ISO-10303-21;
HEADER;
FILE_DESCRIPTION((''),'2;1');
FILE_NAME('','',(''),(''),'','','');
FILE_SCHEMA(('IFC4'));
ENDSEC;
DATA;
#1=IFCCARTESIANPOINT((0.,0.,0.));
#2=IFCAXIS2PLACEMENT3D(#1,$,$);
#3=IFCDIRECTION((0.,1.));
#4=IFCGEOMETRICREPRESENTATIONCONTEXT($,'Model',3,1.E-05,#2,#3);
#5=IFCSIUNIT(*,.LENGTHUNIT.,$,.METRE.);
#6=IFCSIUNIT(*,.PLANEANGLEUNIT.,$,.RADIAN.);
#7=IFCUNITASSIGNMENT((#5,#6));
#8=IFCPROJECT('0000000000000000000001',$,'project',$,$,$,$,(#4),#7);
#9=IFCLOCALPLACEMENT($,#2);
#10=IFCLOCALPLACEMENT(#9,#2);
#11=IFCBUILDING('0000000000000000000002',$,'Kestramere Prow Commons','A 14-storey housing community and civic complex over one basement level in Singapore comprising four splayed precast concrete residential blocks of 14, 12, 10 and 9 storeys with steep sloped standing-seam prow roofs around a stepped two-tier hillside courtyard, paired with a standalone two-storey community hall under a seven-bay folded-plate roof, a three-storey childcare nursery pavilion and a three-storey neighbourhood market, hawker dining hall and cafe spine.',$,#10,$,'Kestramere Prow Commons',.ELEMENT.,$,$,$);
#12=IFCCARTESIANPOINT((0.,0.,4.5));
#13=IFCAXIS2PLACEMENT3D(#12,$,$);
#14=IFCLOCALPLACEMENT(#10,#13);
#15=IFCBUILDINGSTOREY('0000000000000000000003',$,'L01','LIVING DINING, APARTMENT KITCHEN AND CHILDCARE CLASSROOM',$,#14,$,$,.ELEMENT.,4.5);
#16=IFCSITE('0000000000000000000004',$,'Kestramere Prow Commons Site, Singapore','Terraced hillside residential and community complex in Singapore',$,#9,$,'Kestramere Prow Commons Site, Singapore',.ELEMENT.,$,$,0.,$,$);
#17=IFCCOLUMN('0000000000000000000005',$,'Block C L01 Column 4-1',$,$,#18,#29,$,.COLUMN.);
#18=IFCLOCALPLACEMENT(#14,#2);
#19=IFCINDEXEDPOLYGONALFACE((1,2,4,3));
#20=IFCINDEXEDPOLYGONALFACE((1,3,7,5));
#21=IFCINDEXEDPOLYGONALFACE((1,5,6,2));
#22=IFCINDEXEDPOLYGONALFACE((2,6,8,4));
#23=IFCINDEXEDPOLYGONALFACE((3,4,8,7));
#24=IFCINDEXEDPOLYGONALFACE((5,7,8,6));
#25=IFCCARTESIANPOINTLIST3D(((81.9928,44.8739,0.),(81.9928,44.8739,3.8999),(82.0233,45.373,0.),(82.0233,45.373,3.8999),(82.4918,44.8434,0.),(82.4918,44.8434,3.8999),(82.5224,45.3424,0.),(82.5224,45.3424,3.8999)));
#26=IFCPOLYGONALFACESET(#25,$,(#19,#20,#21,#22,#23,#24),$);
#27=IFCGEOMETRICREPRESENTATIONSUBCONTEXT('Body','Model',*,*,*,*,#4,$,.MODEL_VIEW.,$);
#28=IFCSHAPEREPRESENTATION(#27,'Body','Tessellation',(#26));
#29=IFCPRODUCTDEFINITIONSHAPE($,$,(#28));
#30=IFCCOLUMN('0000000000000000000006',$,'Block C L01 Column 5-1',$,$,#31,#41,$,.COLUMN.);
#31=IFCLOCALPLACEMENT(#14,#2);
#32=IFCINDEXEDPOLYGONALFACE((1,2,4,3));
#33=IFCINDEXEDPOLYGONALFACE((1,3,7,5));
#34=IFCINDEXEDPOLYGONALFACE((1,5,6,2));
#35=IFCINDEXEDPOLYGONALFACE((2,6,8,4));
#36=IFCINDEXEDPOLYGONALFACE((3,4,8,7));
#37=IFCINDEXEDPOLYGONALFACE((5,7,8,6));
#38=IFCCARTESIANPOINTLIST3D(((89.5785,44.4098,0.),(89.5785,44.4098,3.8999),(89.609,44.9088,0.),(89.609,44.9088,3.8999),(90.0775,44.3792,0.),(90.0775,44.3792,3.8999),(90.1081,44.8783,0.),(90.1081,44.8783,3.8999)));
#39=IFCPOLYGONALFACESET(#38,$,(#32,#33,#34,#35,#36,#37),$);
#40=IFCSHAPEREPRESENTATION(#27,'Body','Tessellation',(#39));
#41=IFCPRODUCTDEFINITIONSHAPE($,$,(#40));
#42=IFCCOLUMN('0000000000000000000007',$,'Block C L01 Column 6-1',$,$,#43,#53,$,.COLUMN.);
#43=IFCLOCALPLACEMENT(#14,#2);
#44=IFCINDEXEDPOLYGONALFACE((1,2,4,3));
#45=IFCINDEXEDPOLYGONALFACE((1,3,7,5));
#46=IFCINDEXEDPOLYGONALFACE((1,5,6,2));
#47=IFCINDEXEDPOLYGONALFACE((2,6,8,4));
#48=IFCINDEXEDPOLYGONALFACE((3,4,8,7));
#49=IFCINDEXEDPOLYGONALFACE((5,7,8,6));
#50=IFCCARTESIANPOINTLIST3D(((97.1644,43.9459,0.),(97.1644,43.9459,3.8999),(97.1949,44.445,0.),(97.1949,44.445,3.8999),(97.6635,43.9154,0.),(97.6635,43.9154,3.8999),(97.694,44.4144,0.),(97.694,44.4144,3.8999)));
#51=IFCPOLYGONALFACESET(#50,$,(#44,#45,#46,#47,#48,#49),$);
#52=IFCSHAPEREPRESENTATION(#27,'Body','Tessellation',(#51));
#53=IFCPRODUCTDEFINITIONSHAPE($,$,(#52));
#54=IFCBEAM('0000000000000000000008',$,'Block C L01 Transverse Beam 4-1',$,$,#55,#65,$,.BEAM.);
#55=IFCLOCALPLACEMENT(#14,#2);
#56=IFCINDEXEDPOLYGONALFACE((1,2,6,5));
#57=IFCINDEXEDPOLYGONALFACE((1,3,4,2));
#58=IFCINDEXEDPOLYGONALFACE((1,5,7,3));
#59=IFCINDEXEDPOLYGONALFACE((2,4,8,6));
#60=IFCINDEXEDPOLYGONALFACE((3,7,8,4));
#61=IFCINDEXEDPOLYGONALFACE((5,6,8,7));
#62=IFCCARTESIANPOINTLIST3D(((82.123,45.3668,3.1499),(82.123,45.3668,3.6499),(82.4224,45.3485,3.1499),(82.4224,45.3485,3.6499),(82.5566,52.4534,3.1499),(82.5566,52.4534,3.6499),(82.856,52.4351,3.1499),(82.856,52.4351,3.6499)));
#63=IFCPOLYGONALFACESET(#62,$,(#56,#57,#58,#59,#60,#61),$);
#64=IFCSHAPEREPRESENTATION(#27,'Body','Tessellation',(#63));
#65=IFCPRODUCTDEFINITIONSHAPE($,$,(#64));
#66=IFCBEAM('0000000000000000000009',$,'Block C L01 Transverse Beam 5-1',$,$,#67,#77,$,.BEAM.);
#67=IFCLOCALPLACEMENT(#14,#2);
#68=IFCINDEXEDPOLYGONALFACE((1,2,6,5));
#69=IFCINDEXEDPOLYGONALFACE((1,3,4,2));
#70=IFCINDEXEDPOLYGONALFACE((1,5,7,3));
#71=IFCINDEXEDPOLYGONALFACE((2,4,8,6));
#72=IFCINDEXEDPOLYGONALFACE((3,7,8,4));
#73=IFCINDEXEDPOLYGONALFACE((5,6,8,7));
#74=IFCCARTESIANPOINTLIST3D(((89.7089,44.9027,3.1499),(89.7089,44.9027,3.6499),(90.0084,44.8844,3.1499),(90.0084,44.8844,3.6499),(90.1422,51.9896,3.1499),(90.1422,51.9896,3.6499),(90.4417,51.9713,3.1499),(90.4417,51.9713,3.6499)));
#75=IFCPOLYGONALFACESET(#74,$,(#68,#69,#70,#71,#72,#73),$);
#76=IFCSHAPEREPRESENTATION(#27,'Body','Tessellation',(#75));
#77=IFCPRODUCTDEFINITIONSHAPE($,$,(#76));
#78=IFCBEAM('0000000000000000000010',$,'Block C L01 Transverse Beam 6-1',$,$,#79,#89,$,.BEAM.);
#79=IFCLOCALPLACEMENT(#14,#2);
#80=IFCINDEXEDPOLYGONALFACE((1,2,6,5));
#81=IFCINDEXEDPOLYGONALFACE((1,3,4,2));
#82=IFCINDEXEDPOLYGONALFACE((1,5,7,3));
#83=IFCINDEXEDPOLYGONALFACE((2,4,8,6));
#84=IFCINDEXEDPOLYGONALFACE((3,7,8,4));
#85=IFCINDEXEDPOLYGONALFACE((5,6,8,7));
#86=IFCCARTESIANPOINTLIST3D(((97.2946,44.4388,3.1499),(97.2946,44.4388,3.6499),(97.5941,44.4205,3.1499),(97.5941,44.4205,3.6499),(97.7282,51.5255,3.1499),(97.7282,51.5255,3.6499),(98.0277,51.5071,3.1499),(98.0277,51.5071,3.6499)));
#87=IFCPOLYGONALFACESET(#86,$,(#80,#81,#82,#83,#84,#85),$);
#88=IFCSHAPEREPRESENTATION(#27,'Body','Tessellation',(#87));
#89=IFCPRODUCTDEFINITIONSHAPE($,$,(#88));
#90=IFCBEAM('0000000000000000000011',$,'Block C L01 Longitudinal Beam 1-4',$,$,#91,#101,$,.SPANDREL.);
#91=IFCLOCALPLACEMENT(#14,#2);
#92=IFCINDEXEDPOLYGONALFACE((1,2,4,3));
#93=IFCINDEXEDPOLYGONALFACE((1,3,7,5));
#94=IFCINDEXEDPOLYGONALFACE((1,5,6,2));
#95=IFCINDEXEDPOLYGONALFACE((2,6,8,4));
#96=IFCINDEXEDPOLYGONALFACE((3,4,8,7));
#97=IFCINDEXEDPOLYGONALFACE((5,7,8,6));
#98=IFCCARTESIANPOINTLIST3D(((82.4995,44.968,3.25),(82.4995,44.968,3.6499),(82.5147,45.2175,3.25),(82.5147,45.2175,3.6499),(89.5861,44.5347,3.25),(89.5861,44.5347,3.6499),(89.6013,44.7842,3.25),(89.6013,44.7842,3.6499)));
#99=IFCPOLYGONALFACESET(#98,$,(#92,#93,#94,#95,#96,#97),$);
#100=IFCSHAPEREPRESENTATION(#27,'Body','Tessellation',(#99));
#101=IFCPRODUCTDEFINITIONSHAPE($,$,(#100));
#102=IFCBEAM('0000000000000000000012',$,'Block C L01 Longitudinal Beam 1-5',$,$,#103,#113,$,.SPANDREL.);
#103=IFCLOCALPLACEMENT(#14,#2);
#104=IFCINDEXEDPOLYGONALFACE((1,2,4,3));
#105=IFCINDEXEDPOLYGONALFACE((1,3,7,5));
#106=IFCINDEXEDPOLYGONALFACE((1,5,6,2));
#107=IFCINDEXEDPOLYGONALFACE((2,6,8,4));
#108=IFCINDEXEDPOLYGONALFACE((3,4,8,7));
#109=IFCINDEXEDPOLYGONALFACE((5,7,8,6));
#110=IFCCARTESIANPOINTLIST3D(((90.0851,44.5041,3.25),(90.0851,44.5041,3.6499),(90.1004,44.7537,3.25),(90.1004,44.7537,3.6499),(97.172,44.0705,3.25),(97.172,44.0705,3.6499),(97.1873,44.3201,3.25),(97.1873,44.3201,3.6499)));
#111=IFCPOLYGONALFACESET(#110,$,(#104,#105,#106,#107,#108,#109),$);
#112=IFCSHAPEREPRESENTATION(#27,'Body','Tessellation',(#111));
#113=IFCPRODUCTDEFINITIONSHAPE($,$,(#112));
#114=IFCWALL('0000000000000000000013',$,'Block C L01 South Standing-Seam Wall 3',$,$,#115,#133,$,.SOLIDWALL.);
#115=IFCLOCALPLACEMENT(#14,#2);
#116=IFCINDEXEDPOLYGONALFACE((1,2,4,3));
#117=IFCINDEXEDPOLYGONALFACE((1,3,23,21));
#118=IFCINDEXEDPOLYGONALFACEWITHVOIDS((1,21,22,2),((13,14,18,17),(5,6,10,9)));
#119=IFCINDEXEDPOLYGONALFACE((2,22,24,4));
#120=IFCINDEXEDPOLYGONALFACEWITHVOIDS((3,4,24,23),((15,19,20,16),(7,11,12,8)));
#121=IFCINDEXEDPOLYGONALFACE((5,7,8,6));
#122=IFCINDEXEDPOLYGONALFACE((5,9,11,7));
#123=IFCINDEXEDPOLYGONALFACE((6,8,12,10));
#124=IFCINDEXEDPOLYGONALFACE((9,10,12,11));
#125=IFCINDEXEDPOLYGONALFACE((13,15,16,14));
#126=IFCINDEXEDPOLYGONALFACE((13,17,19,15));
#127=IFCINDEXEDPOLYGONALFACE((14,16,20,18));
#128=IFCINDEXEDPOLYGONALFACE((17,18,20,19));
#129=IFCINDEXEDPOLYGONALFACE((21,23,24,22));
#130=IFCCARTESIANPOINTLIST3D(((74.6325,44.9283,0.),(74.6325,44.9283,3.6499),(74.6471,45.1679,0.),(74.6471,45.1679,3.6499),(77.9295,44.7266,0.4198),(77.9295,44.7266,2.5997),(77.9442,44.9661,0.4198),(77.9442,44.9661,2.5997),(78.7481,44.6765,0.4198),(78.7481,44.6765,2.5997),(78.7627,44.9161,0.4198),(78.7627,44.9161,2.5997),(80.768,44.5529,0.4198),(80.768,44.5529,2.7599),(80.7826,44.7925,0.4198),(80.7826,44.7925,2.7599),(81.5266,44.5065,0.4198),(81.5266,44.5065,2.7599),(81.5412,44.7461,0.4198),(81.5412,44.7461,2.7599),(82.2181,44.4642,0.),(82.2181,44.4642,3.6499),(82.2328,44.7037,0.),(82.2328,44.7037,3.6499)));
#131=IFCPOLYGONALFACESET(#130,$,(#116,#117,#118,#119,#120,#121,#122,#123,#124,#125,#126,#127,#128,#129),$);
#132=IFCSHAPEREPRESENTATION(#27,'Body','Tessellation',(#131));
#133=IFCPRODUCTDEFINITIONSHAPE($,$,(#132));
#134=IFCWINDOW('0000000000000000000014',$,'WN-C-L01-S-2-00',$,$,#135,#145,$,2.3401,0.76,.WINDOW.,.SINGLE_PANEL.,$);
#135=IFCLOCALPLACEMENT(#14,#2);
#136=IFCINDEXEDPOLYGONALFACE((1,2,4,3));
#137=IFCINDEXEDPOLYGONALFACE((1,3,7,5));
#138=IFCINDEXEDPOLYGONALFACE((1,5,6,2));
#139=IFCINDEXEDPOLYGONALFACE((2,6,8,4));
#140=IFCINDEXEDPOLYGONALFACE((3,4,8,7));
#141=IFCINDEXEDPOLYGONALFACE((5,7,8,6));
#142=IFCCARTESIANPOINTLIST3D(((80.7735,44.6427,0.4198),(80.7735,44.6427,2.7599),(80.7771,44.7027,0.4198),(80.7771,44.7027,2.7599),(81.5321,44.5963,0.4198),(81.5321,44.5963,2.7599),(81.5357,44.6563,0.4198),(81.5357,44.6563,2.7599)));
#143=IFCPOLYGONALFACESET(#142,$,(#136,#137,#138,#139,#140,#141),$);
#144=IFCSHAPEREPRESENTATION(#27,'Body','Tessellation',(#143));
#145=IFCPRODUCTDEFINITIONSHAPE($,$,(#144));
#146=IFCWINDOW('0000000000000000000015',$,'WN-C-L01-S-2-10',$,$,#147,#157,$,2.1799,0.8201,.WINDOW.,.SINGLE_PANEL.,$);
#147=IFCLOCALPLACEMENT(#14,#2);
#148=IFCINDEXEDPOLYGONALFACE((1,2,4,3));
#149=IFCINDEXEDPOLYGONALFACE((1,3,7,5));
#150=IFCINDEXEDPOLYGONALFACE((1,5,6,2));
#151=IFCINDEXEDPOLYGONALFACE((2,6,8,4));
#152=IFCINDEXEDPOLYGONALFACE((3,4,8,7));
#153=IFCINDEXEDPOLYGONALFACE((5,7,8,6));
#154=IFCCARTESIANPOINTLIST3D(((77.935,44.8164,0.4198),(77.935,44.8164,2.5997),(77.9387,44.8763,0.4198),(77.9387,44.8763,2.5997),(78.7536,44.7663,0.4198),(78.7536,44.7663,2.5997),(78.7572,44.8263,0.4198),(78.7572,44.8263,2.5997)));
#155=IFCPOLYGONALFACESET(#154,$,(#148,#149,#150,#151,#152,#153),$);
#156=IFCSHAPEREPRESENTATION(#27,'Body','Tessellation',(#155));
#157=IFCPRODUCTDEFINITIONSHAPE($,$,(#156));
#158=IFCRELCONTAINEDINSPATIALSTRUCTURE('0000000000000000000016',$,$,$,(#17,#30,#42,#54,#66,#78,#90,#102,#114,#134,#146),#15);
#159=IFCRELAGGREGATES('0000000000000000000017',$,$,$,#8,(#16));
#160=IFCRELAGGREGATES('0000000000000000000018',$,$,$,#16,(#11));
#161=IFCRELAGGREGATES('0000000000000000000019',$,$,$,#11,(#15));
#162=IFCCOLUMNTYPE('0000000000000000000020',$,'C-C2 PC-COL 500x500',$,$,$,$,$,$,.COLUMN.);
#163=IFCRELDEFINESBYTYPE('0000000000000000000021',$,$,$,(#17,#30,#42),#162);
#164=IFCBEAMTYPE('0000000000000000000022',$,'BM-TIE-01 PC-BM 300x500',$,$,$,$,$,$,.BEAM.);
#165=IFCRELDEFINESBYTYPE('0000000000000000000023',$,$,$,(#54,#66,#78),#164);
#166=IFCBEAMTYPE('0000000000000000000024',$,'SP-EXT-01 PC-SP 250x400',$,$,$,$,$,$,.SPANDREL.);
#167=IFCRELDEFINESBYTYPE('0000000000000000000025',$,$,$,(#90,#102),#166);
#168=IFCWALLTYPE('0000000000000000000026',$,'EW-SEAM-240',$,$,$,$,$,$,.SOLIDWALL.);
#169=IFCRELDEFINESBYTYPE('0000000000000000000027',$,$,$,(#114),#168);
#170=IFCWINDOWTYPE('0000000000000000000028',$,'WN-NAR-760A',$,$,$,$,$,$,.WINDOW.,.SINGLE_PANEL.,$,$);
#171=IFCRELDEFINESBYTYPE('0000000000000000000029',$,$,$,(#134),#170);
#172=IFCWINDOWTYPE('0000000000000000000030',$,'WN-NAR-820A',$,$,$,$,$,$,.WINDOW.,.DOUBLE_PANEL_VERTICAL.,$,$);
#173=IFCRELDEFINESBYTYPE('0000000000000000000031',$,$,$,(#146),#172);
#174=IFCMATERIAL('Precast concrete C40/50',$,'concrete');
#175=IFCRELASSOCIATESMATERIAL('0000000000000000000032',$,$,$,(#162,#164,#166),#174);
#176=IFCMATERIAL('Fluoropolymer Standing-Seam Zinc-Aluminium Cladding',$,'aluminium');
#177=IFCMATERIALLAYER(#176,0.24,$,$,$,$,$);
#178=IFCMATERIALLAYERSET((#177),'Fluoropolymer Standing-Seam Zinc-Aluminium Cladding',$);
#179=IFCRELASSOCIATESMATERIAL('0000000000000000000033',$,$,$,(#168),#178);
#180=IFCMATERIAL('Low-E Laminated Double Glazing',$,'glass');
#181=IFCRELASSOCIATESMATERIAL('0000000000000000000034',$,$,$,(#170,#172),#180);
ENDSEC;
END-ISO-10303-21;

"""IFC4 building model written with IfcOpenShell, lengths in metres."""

from ifc_helpers import new_model, si_unit, direction, frame, frame_2d, origin, origin_2d, place, context, subcontext, project, spatial, rectangle, extrude, material, layer, layer_set, material_profile, profile_set, type_object, element, fill, save


model = new_model("IFC4")

# Units and contexts
model_context = context("Model", 3, precision=1e-05, world=origin(), true_north=direction((0.0, 1.0)))
body_context = subcontext(model_context, "Body", "Model", "MODEL_VIEW")
ifc_project = project(units=[si_unit("LENGTHUNIT", "METRE"), si_unit("PLANEANGLEUNIT", "RADIAN")], contexts=[model_context])

# Site, building, storey
site_placement = place(None, origin())
site = spatial("IfcSite", under=ifc_project, at=site_placement, Name="Kestramere Prow Commons Site, Singapore", Description="Terraced hillside residential and community complex in Singapore", LongName="Kestramere Prow Commons Site, Singapore", CompositionType="ELEMENT", RefElevation=0.0)
building_placement = place(site_placement, origin())
building = spatial("IfcBuilding", under=site, at=building_placement, Name="Kestramere Prow Commons", Description="A 14-storey housing community and civic complex over one basement level in Singapore comprising four splayed precast concrete residential blocks of 14, 12, 10 and 9 storeys with steep sloped standing-seam prow roofs around a stepped two-tier hillside courtyard, paired with a standalone two-storey community hall under a seven-bay folded-plate roof, a three-storey childcare nursery pavilion and a three-storey neighbourhood market, hawker dining hall and cafe spine.", LongName="Kestramere Prow Commons", CompositionType="ELEMENT")
storey_placement = place(building_placement, frame((0.0, 0.0, 4.5)))
storey = spatial("IfcBuildingStorey", under=building, at=storey_placement, Name="L01", Description="LIVING DINING, APARTMENT KITCHEN AND CHILDCARE CLASSROOM", CompositionType="ELEMENT", Elevation=4.5)

# Columns
ifc_material_1 = material(Name="Precast concrete C40/50", Category="concrete")
ifc_material_profile_1 = material_profile(ifc_material_1, rectangle(XDim=0.5, YDim=0.5, at=origin_2d()), Name="PC-COL 500x500")
ifc_profile_set_1 = profile_set([ifc_material_profile_1], Name="Precast concrete C40/50")
column_type = type_object("IfcColumnType", Name="C-C2 PC-COL 500x500", PredefinedType="COLUMN", material=ifc_profile_set_1)
for number, where, z_axis, x_axis, name in (
    (1, (82.2576, 45.1082, 0.0), (0.0, 0.0, 1.0), (0.998135, -0.061049, 0.0), "Block C L01 Column 4-1"),
    (2, (89.8433, 44.644, 0.0), (0.0, 0.0, 1.0), (0.998135, -0.061049, 0.0), "Block C L01 Column 5-1"),
    (3, (97.4292, 44.1802, 0.0), (0.0, 0.0, 1.0), (0.998135, -0.061049, 0.0), "Block C L01 Column 6-1"),
):
    element("IfcColumn", number, at=place(storey_placement, frame(where, z_axis=z_axis, x_axis=x_axis)), inside=storey, type_object=column_type, Name=name, PredefinedType="COLUMN", context=body_context, shape_type="SweptSolid", body=[
        extrude(rectangle(XDim=0.5, YDim=0.5, at=origin_2d()), origin(), (0.0, 0.0, 1.0), 3.8999),
    ])

# Beams
ifc_material_profile_2 = material_profile(ifc_material_1, rectangle(XDim=0.3, YDim=0.5, at=origin_2d()), Name="PC-BM 300x500")
ifc_profile_set_2 = profile_set([ifc_material_profile_2], Name="Precast concrete C40/50")
beam_type_1 = type_object("IfcBeamType", Name="BM-TIE-01 PC-BM 300x500", PredefinedType="BEAM", material=ifc_profile_set_2)
beam_1_placement = place(storey_placement, frame((82.2727, 45.3577, 3.3999), z_axis=(0.06107, 0.998133, 0.0), x_axis=(-0.998133, 0.06107, 0.0)))
element("IfcBeam", 4, at=beam_1_placement, inside=storey, type_object=beam_type_1, Name="Block C L01 Transverse Beam 4-1", PredefinedType="BEAM", context=body_context, shape_type="SweptSolid", body=[
    extrude(rectangle(XDim=0.3, YDim=0.5, at=origin_2d()), origin(), (0.0, 0.0, 1.0), 7.0999),
])
beam_2_placement = place(storey_placement, frame((89.8586, 44.8936, 3.3999), z_axis=(0.061034, 0.998136, 0.0), x_axis=(-0.998136, 0.061034, 0.0)))
element("IfcBeam", 5, at=beam_2_placement, inside=storey, type_object=beam_type_1, Name="Block C L01 Transverse Beam 5-1", PredefinedType="BEAM", context=body_context, shape_type="SweptSolid", body=[
    extrude(rectangle(XDim=0.3, YDim=0.5, at=origin_2d()), origin(), (0.0, 0.0, 1.0), 7.1001),
])
beam_3_placement = place(storey_placement, frame((97.4443, 44.4297, 3.3999), z_axis=(0.06107, 0.998133, 0.0), x_axis=(-0.998133, 0.06107, 0.0)))
element("IfcBeam", 6, at=beam_3_placement, inside=storey, type_object=beam_type_1, Name="Block C L01 Transverse Beam 6-1", PredefinedType="BEAM", context=body_context, shape_type="SweptSolid", body=[
    extrude(rectangle(XDim=0.3, YDim=0.5, at=origin_2d()), origin(), (0.0, 0.0, 1.0), 7.0999),
])
ifc_material_profile_3 = material_profile(ifc_material_1, rectangle(XDim=0.25, YDim=0.3999, at=origin_2d()), Name="PC-SP 250x400")
ifc_profile_set_3 = profile_set([ifc_material_profile_3], Name="Precast concrete C40/50")
beam_type_2 = type_object("IfcBeamType", Name="SP-EXT-01 PC-SP 250x400", PredefinedType="SPANDREL", material=ifc_profile_set_3)
beam_4_placement = place(storey_placement, frame((82.5071, 45.0928, 3.45), z_axis=(0.998136, -0.061036, 0.0), x_axis=(0.061036, 0.998136, 0.0)))
element("IfcBeam", 7, at=beam_4_placement, inside=storey, type_object=beam_type_2, Name="Block C L01 Longitudinal Beam 1-4", PredefinedType="SPANDREL", context=body_context, shape_type="SweptSolid", body=[
    extrude(rectangle(XDim=0.25, YDim=0.3999, at=origin_2d()), origin(), (0.0, 0.0, 1.0), 7.0999),
])
beam_5_placement = place(storey_placement, frame((90.0928, 44.6289, 3.45), z_axis=(0.998134, -0.061068, 0.0), x_axis=(0.061068, 0.998134, 0.0)))
element("IfcBeam", 8, at=beam_5_placement, inside=storey, type_object=beam_type_2, Name="Block C L01 Longitudinal Beam 1-5", PredefinedType="SPANDREL", context=body_context, shape_type="SweptSolid", body=[
    extrude(rectangle(XDim=0.25, YDim=0.3999, at=origin_2d()), origin(), (0.0, 0.0, 1.0), 7.1001),
])

# Wall, openings, windows
ifc_material_2 = material(Name="Fluoropolymer Standing-Seam Zinc-Aluminium Cladding", Category="aluminium")
ifc_layer_1 = layer(ifc_material_2, 0.24)
ifc_layer_set_1 = layer_set([ifc_layer_1], Name="Fluoropolymer Standing-Seam Zinc-Aluminium Cladding")
wall_type_1 = type_object("IfcWallType", Name="EW-SEAM-240", PredefinedType="SOLIDWALL", material=ifc_layer_set_1)
wall_1_placement = place(storey_placement, frame((82.2253, 44.584, 0.0), z_axis=(0.0, 0.0, 1.0), x_axis=(-0.998134, 0.061068, 0.0)))
wall_1 = element("IfcWall", 9, at=wall_1_placement, inside=storey, type_object=wall_type_1, Name="Block C L01 South Standing-Seam Wall 3", PredefinedType="SOLIDWALL", context=body_context, shape_type="SweptSolid", body=[
    extrude(rectangle(XDim=7.5999, YDim=0.24, at=frame_2d((3.7998, 0.0))), origin(), (0.0, 0.0, 1.0), 3.6499),
])
opening_1_placement = place(wall_1_placement, frame((0.6929, 0.0, 0.4199)))
opening_1 = element("IfcOpeningElement", 10, at=opening_1_placement, cuts=wall_1, PredefinedType="OPENING", context=body_context, shape_type="SweptSolid", body=[
    extrude(rectangle(XDim=0.76, YDim=2.3401, at=frame_2d((0.3799, 1.1699))), frame((0.0, 0.135, 0.0), z_axis=(0.0, -1.0, 0.0), x_axis=(1.0, 0.0, 0.0)), (0.0, 0.0, 1.0), 0.27),
])
opening_2_placement = place(wall_1_placement, frame((3.4763, 0.0, 0.4199)))
opening_2 = element("IfcOpeningElement", 11, at=opening_2_placement, cuts=wall_1, PredefinedType="OPENING", context=body_context, shape_type="SweptSolid", body=[
    extrude(rectangle(XDim=0.8201, YDim=2.1799, at=frame_2d((0.4102, 1.0898))), frame((0.0, 0.135, 0.0), z_axis=(0.0, -1.0, 0.0), x_axis=(1.0, 0.0, 0.0)), (0.0, 0.0, 1.0), 0.27),
])
ifc_material_3 = material(Name="Low-E Laminated Double Glazing", Category="glass")
window_type_1 = type_object("IfcWindowType", Name="WN-NAR-760A", PartitioningType="SINGLE_PANEL", PredefinedType="WINDOW", material=ifc_material_3)
window_1_placement = place(opening_1_placement, origin())
window_1 = element("IfcWindow", 12, at=window_1_placement, inside=storey, type_object=window_type_1, Name="WN-C-L01-S-2-00", OverallHeight=2.3401, OverallWidth=0.76, PartitioningType="SINGLE_PANEL", PredefinedType="WINDOW", context=body_context, shape_type="SweptSolid", body=[
    extrude(rectangle(XDim=0.76, YDim=2.3401, at=frame_2d((0.3799, 1.1699))), frame((0.0, 0.03, 0.0), z_axis=(0.0, -1.0, 0.0), x_axis=(1.0, 0.0, 0.0)), (0.0, 0.0, 1.0), 0.0601),
])
fill(opening_1, window_1)
window_type_2 = type_object("IfcWindowType", Name="WN-NAR-820A", PartitioningType="DOUBLE_PANEL_VERTICAL", PredefinedType="WINDOW", material=ifc_material_3)
window_2_placement = place(opening_2_placement, origin())
window_2 = element("IfcWindow", 13, at=window_2_placement, inside=storey, type_object=window_type_2, Name="WN-C-L01-S-2-10", OverallHeight=2.1799, OverallWidth=0.8201, PartitioningType="SINGLE_PANEL", PredefinedType="WINDOW", context=body_context, shape_type="SweptSolid", body=[
    extrude(rectangle(XDim=0.8201, YDim=2.1799, at=frame_2d((0.4102, 1.0898))), frame((0.0, 0.03, 0.0), z_axis=(0.0, -1.0, 0.0), x_axis=(1.0, 0.0, 0.0)), (0.0, 0.0, 1.0), 0.0601),
])
fill(opening_2, window_2)

save(model, "model.ifc")
